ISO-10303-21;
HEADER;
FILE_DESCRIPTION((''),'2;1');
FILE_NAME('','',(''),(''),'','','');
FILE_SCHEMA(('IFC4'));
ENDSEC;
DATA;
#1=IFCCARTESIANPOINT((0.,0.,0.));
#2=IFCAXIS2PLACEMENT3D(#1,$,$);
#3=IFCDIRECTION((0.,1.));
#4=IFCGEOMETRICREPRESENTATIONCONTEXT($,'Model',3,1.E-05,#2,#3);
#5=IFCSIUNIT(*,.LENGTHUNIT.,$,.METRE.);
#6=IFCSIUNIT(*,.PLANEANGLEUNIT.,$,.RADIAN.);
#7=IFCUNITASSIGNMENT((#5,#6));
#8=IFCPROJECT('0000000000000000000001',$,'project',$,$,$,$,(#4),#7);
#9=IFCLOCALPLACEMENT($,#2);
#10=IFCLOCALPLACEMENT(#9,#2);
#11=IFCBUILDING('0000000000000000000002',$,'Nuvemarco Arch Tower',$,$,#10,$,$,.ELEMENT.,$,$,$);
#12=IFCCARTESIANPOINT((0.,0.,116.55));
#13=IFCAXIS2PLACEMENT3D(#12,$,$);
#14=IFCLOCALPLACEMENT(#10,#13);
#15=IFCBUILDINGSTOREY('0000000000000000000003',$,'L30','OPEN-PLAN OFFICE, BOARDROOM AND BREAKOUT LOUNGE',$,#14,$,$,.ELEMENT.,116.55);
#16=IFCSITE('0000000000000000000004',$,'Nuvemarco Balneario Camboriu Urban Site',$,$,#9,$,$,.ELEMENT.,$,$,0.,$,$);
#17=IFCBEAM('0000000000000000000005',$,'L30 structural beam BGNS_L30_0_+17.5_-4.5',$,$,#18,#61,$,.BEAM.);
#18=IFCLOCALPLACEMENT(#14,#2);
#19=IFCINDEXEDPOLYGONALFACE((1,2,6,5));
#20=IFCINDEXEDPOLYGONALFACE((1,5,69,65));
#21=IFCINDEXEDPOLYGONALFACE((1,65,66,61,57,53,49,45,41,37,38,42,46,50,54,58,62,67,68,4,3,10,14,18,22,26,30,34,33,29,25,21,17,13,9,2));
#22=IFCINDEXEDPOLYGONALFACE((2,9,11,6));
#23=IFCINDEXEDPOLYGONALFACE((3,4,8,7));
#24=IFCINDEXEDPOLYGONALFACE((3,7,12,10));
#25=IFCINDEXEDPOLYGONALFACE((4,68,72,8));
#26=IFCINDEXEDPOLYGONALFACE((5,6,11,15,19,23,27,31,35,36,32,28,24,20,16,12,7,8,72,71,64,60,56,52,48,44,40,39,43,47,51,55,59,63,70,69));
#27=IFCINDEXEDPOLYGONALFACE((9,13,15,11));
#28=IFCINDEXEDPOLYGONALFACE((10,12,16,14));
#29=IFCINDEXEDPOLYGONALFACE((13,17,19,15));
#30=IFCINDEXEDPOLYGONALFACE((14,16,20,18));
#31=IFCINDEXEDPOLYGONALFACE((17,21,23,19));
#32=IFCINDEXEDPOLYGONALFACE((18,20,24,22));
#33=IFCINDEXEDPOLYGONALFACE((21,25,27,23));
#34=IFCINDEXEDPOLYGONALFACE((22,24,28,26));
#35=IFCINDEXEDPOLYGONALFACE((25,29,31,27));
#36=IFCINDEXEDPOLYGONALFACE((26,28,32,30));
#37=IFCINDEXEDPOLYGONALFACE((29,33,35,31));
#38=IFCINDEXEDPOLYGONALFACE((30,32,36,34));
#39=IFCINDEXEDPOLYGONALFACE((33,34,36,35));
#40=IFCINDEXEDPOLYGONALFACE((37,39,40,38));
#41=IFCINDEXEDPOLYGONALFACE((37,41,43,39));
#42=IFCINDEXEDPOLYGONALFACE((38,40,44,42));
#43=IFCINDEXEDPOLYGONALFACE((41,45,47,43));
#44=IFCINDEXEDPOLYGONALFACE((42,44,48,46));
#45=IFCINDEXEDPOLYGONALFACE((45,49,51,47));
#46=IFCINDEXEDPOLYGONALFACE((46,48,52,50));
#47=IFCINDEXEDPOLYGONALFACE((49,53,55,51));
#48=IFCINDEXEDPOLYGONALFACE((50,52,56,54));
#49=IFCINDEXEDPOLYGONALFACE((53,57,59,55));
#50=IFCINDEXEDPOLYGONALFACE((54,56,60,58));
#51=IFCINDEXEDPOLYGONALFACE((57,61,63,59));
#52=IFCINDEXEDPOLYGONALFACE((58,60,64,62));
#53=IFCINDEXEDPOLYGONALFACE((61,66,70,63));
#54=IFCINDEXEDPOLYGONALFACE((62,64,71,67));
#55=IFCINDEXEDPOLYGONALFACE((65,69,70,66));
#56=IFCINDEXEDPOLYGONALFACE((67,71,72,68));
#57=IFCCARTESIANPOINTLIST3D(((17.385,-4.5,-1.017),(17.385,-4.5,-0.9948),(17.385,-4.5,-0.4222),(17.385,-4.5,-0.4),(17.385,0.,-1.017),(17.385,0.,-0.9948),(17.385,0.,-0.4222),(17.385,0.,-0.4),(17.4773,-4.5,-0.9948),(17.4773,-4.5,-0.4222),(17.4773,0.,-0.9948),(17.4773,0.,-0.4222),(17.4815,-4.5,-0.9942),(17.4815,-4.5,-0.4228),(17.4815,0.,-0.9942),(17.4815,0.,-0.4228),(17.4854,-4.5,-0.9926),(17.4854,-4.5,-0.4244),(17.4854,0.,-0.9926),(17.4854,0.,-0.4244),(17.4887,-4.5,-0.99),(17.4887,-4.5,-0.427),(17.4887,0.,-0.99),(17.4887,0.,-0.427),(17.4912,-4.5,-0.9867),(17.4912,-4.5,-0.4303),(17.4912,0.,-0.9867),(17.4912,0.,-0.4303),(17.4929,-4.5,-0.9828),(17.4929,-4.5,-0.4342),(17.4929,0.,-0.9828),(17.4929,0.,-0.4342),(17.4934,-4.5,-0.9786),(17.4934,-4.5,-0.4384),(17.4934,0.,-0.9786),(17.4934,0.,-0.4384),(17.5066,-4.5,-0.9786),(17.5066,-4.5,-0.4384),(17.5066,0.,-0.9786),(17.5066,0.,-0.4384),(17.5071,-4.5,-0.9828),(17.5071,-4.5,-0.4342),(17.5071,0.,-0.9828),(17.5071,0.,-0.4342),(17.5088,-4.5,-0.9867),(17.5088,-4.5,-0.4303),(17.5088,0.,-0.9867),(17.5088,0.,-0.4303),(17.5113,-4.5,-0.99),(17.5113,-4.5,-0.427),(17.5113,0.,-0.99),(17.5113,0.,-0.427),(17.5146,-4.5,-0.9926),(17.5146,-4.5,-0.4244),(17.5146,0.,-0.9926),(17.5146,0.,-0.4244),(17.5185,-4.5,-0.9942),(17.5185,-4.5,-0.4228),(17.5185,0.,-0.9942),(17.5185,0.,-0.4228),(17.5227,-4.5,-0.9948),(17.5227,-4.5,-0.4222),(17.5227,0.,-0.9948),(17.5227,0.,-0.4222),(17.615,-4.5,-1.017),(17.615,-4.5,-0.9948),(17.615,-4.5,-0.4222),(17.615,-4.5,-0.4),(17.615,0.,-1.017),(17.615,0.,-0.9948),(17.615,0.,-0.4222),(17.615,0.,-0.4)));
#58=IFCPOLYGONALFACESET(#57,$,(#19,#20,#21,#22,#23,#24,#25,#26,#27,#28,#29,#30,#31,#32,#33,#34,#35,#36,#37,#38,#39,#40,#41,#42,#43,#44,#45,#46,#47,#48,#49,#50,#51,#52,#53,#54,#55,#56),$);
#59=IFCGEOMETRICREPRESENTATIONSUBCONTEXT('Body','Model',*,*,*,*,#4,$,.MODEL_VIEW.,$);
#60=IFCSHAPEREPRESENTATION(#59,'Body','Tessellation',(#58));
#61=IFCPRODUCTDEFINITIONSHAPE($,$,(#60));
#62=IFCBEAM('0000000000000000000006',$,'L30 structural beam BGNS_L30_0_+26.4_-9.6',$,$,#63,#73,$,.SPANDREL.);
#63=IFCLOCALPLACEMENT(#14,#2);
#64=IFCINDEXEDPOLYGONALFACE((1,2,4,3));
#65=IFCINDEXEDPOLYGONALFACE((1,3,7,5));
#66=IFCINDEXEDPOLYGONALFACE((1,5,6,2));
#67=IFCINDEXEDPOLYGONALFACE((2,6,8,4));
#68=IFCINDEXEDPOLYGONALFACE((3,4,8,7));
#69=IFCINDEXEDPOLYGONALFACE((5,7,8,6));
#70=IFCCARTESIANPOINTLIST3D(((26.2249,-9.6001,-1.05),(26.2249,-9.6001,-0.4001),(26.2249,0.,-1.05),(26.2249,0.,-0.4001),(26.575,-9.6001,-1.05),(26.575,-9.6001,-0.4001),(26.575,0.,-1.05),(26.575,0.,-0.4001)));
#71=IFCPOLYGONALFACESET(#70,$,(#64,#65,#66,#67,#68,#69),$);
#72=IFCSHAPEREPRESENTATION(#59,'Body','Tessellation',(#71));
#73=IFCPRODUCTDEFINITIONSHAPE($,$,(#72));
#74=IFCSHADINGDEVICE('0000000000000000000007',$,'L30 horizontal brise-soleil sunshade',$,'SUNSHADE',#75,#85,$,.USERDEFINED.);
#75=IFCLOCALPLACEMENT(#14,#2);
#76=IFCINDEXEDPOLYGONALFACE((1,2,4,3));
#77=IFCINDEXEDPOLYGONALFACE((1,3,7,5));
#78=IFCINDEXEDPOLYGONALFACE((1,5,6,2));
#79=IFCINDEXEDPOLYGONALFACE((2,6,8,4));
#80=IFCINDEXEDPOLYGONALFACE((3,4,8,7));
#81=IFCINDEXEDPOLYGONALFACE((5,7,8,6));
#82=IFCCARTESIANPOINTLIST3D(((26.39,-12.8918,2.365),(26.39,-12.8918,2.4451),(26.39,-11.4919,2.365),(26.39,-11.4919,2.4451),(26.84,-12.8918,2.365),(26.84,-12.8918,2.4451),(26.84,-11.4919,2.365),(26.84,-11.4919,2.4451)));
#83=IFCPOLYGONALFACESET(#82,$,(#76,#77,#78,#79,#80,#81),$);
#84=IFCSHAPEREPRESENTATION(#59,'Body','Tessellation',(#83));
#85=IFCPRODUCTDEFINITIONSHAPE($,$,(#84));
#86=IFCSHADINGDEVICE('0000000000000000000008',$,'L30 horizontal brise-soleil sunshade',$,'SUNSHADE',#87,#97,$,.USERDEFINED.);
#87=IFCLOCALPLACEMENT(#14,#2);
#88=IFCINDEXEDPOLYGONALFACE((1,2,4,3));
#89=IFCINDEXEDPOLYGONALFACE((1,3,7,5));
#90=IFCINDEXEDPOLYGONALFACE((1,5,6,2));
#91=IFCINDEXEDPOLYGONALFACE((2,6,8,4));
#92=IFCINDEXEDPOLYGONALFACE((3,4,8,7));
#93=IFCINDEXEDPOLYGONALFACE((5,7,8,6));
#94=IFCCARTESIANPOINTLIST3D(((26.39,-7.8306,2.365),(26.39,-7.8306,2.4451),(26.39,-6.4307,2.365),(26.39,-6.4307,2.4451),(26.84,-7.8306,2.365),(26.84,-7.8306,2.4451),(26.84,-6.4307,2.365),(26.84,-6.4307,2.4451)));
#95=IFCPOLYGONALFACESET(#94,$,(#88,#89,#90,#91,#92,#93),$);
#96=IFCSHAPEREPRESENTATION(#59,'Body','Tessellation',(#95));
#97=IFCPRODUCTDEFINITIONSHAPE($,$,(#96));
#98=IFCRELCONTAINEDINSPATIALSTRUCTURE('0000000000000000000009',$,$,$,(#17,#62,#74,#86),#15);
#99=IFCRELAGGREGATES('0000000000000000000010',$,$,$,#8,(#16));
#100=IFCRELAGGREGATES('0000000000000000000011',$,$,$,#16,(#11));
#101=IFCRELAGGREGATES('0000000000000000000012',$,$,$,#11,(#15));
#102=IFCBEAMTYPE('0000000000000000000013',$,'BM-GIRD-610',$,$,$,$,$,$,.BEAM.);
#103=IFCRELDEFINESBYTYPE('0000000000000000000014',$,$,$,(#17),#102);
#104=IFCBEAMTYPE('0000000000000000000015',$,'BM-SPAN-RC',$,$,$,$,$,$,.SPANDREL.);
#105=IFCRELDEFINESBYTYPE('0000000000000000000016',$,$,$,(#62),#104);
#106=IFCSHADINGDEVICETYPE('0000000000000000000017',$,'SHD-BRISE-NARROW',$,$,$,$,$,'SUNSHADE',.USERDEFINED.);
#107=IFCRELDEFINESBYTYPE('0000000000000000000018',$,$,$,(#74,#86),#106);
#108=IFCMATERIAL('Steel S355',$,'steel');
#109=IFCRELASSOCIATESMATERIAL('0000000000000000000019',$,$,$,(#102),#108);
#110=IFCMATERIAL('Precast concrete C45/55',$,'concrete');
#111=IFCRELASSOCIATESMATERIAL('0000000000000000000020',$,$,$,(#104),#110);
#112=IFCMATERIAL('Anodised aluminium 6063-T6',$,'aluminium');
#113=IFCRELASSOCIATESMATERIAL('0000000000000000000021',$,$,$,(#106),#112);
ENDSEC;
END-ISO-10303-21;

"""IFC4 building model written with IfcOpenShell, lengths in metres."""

from ifc_helpers import new_model, si_unit, direction, frame, origin, origin_2d, place, context, subcontext, project, spatial, rectangle, i_section, extrude, source, transform, mapped, material, material_profile, profile_set, type_object, type_shapes, element, save


model = new_model("IFC4")

# Units and contexts
model_context = context("Model", 3, precision=1e-05, world=origin(), true_north=direction((0.0, 1.0)))
body_context = subcontext(model_context, "Body", "Model", "MODEL_VIEW")
ifc_project = project(units=[si_unit("LENGTHUNIT", "METRE"), si_unit("PLANEANGLEUNIT", "RADIAN")], contexts=[model_context])

# Site, building, storey
site_placement = place(None, origin())
site = spatial("IfcSite", under=ifc_project, at=site_placement, Name="Nuvemarco Balneario Camboriu Urban Site", CompositionType="ELEMENT", RefElevation=0.0)
building_placement = place(site_placement, origin())
building = spatial("IfcBuilding", under=site, at=building_placement, Name="Nuvemarco Arch Tower", CompositionType="ELEMENT")
storey_placement = place(building_placement, frame((0.0, 0.0, 116.55)))
storey = spatial("IfcBuildingStorey", under=building, at=storey_placement, Name="L30", Description="OPEN-PLAN OFFICE, BOARDROOM AND BREAKOUT LOUNGE", CompositionType="ELEMENT", Elevation=116.55)

# Shared definitions
ifc_material_1 = material(Name="Steel S355", Category="steel")

# Beams
ifc_material_profile_1 = material_profile(ifc_material_1, i_section(OverallWidth=0.23, OverallDepth=0.6169, WebThickness=0.0132, FlangeThickness=0.0222, FilletRadius=0.0161, at=origin_2d()), Name="W610x140")
ifc_profile_set_1 = profile_set([ifc_material_profile_1], Name="Steel S355")
beam_type_1 = type_object("IfcBeamType", Name="BM-GIRD-610", PredefinedType="BEAM", material=ifc_profile_set_1)
beam_1_placement = place(storey_placement, frame((17.5, -4.5, -0.7085), z_axis=(0.0, 1.0, 0.0), x_axis=(-1.0, 0.0, 0.0)))
element("IfcBeam", 1, at=beam_1_placement, inside=storey, type_object=beam_type_1, Name="L30 structural beam BGNS_L30_0_+17.5_-4.5", PredefinedType="BEAM", context=body_context, shape_type="SweptSolid", body=[
    extrude(i_section(OverallWidth=0.23, OverallDepth=0.6169, WebThickness=0.0132, FlangeThickness=0.0222, FilletRadius=0.0161, at=origin_2d()), origin(), (0.0, 0.0, 1.0), 4.5),
])
ifc_material_2 = material(Name="Precast concrete C45/55", Category="concrete")
ifc_material_profile_2 = material_profile(ifc_material_2, rectangle(XDim=0.3501, YDim=0.6499, at=origin_2d()), Name="PC-SP-350x650")
ifc_profile_set_2 = profile_set([ifc_material_profile_2], Name="Precast concrete C45/55")
beam_type_2 = type_object("IfcBeamType", Name="BM-SPAN-RC", PredefinedType="SPANDREL", material=ifc_profile_set_2)
beam_2_placement = place(storey_placement, frame((26.3999, -9.6001, -0.7251), z_axis=(0.0, 1.0, 0.0), x_axis=(-1.0, 0.0, 0.0)))
element("IfcBeam", 2, at=beam_2_placement, inside=storey, type_object=beam_type_2, Name="L30 structural beam BGNS_L30_0_+26.4_-9.6", PredefinedType="SPANDREL", context=body_context, shape_type="SweptSolid", body=[
    extrude(rectangle(XDim=0.3501, YDim=0.6499, at=origin_2d()), origin(), (0.0, 0.0, 1.0), 9.6001),
])

# Shared definitions
ifc_material_3 = material(Name="Anodised aluminium 6063-T6", Category="aluminium")

# Shading devices
shading_device_type = type_object("IfcShadingDeviceType", Name="SHD-BRISE-NARROW", ElementType="SUNSHADE", PredefinedType="USERDEFINED", material=ifc_material_3)
shared_shape_1 = source(origin(), body_context, "Body", "SweptSolid", [
    extrude(rectangle(XDim=1.3999, YDim=0.45, at=origin_2d()), origin(), (0.0, 0.0, 1.0), 0.0801),
])
type_shapes(shading_device_type, [shared_shape_1])
for number, where, z_axis, x_axis, name in (
    (3, (26.615, -12.1919, 2.365), (0.0, 0.0, 1.0), (0.0, 1.0, 0.0), "L30 horizontal brise-soleil sunshade"),
    (4, (26.615, -7.1306, 2.365), (0.0, 0.0, 1.0), (0.0, 1.0, 0.0), "L30 horizontal brise-soleil sunshade"),
):
    element("IfcShadingDevice", number, at=place(storey_placement, frame(where, z_axis=z_axis, x_axis=x_axis)), inside=storey, type_object=shading_device_type, Name=name, ObjectType="SUNSHADE", PredefinedType="USERDEFINED", context=body_context, shape_type="MappedRepresentation", body=[
        mapped(shared_shape_1, transform((0.0, 0.0, 0.0), scale=1.0)),
    ])

save(model, "model.ifc")
